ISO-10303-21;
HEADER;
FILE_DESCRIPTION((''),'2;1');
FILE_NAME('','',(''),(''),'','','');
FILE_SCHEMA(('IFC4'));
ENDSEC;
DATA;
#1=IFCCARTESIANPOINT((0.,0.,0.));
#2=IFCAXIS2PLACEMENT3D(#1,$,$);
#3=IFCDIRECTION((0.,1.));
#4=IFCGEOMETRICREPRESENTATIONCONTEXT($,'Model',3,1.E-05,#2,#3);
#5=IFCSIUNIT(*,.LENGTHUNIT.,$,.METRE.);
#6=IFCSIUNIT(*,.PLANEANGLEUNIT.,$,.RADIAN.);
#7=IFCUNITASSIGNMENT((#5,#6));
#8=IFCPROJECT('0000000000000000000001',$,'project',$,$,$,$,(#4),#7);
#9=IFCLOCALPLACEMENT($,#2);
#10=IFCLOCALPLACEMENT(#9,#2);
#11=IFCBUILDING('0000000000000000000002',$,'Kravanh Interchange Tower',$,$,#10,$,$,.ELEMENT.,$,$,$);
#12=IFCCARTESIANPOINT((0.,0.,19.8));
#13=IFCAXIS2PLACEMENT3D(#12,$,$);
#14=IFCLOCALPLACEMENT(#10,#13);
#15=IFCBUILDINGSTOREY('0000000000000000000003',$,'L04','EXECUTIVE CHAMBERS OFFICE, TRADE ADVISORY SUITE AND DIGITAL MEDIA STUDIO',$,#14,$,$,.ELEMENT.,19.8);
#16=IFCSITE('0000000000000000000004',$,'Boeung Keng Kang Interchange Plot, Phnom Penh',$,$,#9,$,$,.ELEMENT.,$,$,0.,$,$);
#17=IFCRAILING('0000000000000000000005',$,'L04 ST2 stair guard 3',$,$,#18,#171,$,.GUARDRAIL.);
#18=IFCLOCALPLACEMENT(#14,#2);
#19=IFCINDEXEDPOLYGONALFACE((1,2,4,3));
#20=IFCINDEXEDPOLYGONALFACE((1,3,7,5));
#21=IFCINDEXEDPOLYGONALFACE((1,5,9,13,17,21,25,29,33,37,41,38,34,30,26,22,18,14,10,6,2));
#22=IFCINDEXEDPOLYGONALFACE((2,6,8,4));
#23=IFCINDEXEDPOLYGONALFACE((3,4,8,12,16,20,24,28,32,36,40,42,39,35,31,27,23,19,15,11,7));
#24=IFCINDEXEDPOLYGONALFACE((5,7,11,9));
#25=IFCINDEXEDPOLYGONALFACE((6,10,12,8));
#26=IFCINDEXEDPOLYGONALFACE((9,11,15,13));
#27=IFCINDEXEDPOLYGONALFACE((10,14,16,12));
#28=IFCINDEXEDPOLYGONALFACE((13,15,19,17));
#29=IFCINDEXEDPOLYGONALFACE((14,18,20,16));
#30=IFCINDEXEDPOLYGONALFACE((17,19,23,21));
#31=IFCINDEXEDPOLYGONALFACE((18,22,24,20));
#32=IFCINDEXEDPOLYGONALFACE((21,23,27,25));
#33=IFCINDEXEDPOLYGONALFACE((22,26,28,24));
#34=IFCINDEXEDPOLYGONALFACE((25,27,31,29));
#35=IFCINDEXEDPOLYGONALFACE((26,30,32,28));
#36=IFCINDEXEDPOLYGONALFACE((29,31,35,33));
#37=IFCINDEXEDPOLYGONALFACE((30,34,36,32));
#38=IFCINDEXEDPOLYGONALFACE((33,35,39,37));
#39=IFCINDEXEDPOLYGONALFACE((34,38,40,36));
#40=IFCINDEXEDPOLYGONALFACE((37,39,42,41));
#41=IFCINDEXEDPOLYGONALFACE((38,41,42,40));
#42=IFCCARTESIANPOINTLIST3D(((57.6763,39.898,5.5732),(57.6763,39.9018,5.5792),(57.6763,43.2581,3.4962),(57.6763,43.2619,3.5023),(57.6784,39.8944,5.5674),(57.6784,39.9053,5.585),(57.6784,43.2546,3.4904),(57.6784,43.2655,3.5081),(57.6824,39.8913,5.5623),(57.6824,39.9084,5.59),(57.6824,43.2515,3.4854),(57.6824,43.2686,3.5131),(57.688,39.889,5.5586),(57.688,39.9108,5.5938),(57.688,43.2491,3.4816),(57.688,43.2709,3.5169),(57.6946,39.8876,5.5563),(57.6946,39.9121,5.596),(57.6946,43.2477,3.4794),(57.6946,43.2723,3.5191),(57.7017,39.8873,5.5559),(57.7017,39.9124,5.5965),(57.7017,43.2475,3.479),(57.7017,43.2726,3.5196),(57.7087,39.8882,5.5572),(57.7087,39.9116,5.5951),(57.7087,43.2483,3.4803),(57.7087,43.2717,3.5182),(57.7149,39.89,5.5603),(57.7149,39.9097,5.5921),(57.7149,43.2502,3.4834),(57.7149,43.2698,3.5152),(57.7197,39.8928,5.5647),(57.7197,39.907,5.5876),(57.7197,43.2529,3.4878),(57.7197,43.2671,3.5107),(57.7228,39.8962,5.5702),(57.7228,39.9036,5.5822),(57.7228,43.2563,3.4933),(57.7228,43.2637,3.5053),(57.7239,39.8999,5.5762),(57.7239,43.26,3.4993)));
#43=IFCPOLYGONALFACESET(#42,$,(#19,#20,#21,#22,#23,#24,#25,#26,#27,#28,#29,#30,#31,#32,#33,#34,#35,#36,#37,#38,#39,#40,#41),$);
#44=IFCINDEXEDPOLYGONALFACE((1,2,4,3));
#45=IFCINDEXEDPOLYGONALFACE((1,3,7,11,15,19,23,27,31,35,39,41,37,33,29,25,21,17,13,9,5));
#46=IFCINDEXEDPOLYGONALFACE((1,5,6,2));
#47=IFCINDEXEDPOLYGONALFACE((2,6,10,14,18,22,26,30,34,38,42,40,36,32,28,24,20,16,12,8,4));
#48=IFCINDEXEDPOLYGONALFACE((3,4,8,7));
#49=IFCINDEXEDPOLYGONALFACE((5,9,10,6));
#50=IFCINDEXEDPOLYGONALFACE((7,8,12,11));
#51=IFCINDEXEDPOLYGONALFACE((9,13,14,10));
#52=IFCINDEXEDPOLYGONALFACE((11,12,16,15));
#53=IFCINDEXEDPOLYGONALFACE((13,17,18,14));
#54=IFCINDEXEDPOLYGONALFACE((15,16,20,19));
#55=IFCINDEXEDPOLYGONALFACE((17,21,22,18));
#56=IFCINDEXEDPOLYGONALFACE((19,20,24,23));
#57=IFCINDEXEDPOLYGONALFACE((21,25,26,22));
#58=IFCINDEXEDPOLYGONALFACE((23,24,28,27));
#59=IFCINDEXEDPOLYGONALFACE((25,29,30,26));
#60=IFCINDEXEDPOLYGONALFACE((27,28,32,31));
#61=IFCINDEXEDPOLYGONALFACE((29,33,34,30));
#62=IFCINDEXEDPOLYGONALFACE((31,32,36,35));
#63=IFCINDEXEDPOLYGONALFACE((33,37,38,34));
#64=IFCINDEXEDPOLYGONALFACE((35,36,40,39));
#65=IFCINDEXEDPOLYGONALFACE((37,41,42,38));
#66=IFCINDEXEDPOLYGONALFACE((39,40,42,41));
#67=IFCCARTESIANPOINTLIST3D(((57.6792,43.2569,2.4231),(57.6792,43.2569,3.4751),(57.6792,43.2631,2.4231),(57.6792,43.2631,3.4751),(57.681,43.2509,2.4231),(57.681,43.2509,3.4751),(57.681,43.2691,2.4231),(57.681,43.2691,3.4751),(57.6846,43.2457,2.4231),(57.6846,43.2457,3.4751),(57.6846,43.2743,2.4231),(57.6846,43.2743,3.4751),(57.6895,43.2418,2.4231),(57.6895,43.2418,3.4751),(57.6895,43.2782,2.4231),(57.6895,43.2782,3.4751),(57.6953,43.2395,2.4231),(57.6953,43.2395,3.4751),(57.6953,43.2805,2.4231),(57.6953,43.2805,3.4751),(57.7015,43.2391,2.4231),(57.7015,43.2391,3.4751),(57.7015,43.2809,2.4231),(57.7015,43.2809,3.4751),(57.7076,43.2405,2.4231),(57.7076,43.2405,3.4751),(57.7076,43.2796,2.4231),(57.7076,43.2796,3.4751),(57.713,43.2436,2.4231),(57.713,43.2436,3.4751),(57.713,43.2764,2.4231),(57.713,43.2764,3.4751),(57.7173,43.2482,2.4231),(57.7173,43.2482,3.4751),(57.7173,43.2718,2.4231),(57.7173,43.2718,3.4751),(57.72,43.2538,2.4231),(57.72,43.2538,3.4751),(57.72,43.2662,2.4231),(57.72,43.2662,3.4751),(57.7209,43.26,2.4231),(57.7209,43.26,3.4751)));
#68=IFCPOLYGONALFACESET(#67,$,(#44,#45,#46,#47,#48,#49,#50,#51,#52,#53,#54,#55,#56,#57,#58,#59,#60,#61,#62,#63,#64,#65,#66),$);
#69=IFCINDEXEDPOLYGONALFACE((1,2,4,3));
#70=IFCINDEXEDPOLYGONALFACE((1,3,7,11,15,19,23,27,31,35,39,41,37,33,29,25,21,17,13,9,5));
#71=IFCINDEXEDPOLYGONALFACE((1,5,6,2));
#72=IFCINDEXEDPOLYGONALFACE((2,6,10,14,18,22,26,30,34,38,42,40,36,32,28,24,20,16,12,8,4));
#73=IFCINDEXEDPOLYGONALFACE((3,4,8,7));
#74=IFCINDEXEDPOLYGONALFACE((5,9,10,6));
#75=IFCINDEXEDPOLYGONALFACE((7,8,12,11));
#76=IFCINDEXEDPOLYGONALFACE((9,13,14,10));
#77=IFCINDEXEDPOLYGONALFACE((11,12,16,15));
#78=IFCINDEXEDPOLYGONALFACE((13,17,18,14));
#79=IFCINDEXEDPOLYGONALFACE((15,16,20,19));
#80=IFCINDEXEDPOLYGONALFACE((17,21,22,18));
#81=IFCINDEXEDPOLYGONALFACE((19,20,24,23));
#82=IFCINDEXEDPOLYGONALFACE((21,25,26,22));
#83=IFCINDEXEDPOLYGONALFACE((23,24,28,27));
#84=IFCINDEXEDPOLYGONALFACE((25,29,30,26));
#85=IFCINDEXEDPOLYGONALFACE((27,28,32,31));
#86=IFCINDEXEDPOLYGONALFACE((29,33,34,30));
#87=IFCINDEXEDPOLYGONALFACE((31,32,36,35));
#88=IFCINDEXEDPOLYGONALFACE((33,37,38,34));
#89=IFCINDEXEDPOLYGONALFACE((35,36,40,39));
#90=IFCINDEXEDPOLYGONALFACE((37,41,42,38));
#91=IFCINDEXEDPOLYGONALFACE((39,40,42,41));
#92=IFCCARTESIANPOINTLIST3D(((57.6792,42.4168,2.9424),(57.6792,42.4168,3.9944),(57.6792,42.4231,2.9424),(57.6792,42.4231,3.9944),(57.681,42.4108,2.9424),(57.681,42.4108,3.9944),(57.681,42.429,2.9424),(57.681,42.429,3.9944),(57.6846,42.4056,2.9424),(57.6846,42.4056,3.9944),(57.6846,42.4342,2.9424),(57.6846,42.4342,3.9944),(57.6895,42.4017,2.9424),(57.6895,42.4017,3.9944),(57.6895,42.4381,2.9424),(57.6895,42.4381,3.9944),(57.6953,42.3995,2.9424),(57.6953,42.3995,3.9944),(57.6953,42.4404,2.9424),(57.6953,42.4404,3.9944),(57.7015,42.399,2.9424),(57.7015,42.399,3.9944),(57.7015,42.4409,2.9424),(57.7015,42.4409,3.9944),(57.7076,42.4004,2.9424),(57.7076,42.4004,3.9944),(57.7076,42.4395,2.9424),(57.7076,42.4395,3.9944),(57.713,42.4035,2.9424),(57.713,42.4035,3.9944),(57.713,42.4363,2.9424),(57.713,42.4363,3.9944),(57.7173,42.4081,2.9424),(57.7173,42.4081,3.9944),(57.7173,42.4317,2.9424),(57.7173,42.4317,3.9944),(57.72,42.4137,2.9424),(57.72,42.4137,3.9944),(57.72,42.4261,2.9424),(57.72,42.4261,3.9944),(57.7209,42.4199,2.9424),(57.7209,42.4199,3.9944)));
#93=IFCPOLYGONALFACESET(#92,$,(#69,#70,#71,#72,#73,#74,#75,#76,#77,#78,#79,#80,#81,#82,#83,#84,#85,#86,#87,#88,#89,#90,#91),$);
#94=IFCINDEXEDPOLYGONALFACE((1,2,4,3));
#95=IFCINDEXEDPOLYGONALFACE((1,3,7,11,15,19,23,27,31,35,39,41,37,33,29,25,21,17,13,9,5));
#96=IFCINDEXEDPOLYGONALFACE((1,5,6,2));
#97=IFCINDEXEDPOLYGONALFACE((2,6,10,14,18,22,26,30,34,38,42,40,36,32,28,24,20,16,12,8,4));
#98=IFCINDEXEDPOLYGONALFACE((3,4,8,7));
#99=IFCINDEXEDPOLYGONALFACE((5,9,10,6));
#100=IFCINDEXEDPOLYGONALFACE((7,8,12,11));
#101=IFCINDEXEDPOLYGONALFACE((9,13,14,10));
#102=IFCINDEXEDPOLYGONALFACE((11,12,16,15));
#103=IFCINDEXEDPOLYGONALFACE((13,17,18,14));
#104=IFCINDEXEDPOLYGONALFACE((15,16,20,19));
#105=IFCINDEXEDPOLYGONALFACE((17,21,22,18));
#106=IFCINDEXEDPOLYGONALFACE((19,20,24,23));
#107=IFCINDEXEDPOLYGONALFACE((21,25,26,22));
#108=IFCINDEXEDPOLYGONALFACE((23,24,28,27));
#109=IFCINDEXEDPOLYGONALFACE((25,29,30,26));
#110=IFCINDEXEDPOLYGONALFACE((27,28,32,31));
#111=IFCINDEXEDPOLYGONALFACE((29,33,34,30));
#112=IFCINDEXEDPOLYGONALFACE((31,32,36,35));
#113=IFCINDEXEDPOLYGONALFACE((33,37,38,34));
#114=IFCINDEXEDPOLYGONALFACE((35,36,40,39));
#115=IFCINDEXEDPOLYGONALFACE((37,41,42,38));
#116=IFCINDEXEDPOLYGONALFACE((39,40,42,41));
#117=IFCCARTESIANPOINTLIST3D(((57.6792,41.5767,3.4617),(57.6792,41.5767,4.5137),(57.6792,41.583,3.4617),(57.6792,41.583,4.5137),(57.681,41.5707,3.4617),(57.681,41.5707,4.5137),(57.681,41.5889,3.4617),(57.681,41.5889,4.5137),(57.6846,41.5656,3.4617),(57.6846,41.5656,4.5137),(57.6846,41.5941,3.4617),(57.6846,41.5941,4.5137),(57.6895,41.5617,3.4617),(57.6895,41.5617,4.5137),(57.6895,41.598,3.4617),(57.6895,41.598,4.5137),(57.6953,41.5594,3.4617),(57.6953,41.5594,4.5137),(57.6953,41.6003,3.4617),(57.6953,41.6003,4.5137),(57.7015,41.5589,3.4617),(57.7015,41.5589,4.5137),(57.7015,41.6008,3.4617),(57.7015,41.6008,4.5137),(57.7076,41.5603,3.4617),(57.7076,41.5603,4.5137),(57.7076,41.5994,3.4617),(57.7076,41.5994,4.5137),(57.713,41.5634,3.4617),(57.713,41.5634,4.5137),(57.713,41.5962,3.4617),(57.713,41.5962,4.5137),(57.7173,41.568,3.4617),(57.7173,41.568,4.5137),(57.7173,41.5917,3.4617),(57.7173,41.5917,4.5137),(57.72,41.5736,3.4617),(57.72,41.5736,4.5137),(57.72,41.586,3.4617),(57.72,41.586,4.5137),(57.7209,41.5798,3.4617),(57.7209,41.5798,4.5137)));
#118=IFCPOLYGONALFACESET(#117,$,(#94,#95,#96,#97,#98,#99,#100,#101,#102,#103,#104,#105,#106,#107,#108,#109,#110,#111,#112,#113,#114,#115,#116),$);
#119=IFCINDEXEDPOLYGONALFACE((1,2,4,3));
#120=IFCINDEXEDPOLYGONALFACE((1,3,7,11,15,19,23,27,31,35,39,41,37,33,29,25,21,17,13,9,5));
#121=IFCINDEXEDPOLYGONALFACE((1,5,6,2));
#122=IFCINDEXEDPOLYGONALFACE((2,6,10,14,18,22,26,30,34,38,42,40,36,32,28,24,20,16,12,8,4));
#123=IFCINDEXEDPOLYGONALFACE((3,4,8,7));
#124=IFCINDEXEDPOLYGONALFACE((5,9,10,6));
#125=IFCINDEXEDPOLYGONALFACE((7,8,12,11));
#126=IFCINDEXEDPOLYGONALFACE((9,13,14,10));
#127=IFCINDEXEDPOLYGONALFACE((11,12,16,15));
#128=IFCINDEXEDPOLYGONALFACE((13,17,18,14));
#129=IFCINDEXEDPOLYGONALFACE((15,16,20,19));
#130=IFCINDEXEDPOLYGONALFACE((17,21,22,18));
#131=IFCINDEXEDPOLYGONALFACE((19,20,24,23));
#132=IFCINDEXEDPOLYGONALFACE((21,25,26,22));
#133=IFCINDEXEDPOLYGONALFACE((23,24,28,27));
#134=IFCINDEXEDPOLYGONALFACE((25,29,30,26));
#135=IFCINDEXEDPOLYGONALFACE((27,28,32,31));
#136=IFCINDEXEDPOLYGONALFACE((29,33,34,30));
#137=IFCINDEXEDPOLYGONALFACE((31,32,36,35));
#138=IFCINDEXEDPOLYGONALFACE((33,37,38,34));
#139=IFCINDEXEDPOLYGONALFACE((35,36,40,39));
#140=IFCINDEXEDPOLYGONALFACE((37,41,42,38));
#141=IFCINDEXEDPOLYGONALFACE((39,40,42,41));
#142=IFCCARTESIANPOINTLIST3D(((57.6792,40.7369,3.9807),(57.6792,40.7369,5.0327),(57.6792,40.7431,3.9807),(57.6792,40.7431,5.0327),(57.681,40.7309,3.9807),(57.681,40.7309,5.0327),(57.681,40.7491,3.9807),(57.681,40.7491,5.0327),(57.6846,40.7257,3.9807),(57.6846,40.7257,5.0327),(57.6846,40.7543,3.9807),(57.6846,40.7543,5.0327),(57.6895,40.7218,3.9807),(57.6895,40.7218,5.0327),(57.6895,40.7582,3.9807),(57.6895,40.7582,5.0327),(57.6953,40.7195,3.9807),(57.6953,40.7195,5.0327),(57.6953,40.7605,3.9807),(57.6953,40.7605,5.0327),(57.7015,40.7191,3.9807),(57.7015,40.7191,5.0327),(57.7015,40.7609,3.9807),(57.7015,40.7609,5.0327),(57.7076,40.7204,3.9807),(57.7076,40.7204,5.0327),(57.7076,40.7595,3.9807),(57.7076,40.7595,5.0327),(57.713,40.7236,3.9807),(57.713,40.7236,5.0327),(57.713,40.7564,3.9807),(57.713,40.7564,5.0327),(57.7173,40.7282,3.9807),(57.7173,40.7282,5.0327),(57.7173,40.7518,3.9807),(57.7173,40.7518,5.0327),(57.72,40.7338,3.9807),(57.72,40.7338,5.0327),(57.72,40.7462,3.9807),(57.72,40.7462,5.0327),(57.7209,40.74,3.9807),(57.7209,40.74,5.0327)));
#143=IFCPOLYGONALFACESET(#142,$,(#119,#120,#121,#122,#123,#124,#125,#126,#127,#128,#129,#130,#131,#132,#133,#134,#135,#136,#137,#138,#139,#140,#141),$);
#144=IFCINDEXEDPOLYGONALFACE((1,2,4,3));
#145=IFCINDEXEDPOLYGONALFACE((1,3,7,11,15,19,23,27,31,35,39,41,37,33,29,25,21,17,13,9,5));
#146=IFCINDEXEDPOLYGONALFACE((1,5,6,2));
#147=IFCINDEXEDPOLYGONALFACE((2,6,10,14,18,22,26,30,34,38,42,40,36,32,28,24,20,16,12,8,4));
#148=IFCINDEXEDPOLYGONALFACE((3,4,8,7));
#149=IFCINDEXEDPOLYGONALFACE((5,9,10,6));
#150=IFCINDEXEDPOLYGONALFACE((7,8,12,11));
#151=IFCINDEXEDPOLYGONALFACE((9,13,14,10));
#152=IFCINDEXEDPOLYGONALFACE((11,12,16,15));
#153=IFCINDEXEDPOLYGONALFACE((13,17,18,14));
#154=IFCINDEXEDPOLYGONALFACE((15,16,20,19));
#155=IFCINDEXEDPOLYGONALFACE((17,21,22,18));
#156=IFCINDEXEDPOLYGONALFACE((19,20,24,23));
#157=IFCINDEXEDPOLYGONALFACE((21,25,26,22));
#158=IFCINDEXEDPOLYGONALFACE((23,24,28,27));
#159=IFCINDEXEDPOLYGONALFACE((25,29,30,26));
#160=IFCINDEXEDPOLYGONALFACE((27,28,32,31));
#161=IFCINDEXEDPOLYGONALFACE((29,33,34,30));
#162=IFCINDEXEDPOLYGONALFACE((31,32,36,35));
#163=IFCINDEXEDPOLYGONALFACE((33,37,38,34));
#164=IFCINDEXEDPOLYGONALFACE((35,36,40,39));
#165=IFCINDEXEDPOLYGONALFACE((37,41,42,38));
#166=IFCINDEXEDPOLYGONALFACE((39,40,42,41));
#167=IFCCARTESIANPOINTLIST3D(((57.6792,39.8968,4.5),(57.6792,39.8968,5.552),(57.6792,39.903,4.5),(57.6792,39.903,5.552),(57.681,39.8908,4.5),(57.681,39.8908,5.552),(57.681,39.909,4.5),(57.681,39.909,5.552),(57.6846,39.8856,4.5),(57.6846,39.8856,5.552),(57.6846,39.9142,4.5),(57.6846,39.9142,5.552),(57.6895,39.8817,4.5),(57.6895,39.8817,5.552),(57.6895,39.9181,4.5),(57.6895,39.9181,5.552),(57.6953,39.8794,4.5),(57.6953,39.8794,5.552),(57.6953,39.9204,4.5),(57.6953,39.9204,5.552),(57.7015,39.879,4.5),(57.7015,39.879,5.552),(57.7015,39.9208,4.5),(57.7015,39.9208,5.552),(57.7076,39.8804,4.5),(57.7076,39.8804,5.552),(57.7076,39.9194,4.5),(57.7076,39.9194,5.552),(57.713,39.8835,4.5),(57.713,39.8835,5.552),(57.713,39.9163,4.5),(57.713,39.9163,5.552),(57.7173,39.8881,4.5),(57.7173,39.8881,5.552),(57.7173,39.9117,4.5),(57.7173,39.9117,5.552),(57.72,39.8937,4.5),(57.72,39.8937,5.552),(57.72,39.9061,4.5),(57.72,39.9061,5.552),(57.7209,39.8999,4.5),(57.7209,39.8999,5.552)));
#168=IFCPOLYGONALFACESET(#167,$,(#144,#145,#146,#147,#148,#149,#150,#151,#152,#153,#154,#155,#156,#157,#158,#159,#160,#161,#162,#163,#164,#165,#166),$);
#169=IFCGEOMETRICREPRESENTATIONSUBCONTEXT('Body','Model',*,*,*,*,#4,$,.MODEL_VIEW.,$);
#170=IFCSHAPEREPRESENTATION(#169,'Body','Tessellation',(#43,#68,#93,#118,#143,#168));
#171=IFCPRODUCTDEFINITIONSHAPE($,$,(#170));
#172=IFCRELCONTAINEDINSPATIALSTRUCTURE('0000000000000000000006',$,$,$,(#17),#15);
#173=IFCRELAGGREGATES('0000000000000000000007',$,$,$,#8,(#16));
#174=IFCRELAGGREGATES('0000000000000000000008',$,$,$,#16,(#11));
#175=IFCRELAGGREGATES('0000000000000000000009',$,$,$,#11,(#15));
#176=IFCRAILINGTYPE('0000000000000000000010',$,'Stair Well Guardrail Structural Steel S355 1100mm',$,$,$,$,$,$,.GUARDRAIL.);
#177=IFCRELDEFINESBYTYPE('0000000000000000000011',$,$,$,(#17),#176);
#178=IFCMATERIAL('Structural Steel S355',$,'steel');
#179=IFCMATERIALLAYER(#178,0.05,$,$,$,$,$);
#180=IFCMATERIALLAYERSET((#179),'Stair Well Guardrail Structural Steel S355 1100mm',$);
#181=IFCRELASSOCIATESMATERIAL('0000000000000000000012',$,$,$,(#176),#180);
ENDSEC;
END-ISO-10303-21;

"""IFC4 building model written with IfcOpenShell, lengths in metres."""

from ifc_helpers import new_model, si_unit, direction, frame, origin, origin_2d, place, context, subcontext, project, spatial, circle, extrude, material, layer, layer_set, type_object, element, save


model = new_model("IFC4")

# Units and contexts
model_context = context("Model", 3, precision=1e-05, world=origin(), true_north=direction((0.0, 1.0)))
body_context = subcontext(model_context, "Body", "Model", "MODEL_VIEW")
ifc_project = project(units=[si_unit("LENGTHUNIT", "METRE"), si_unit("PLANEANGLEUNIT", "RADIAN")], contexts=[model_context])

# Site, building, storey
site_placement = place(None, origin())
site = spatial("IfcSite", under=ifc_project, at=site_placement, Name="Boeung Keng Kang Interchange Plot, Phnom Penh", CompositionType="ELEMENT", RefElevation=0.0)
building_placement = place(site_placement, origin())
building = spatial("IfcBuilding", under=site, at=building_placement, Name="Kravanh Interchange Tower", CompositionType="ELEMENT")
storey_placement = place(building_placement, frame((0.0, 0.0, 19.8)))
storey = spatial("IfcBuildingStorey", under=building, at=storey_placement, Name="L04", Description="EXECUTIVE CHAMBERS OFFICE, TRADE ADVISORY SUITE AND DIGITAL MEDIA STUDIO", CompositionType="ELEMENT", Elevation=19.8)

# Railing
ifc_material_1 = material(Name="Structural Steel S355", Category="steel")
ifc_layer_1 = layer(ifc_material_1, 0.05)
ifc_layer_set_1 = layer_set([ifc_layer_1], Name="Stair Well Guardrail Structural Steel S355 1100mm")
railing_type_1 = type_object("IfcRailingType", Name="Stair Well Guardrail Structural Steel S355 1100mm", PredefinedType="GUARDRAIL", material=ifc_layer_set_1)
railing_1_placement = place(storey_placement, frame((57.7, 43.26, 2.4231)))
element("IfcRailing", 1, at=railing_1_placement, inside=storey, type_object=railing_type_1, Name="L04 ST2 stair guard 3", PredefinedType="GUARDRAIL", context=body_context, shape_type="SweptSolid", body=[
    extrude(circle(Radius=0.0239, at=origin_2d()), frame((0.0, 0.0, 1.0762), z_axis=(0.0, -0.850623, 0.525776), x_axis=(1.0, 0.0, 0.0)), (0.0, 0.0, 1.0), 3.9502),
    extrude(circle(Radius=0.021, at=origin_2d()), origin(), (0.0, 0.0, 1.0), 1.052),
    extrude(circle(Radius=0.021, at=origin_2d()), frame((0.0, -0.8401, 0.5193)), (0.0, 0.0, 1.0), 1.052),
    extrude(circle(Radius=0.021, at=origin_2d()), frame((0.0, -1.6802, 1.0386)), (0.0, 0.0, 1.0), 1.052),
    extrude(circle(Radius=0.021, at=origin_2d()), frame((0.0, -2.52, 1.5576)), (0.0, 0.0, 1.0), 1.052),
    extrude(circle(Radius=0.021, at=origin_2d()), frame((0.0, -3.3601, 2.0769)), (0.0, 0.0, 1.0), 1.052),
])

save(model, "model.ifc")
